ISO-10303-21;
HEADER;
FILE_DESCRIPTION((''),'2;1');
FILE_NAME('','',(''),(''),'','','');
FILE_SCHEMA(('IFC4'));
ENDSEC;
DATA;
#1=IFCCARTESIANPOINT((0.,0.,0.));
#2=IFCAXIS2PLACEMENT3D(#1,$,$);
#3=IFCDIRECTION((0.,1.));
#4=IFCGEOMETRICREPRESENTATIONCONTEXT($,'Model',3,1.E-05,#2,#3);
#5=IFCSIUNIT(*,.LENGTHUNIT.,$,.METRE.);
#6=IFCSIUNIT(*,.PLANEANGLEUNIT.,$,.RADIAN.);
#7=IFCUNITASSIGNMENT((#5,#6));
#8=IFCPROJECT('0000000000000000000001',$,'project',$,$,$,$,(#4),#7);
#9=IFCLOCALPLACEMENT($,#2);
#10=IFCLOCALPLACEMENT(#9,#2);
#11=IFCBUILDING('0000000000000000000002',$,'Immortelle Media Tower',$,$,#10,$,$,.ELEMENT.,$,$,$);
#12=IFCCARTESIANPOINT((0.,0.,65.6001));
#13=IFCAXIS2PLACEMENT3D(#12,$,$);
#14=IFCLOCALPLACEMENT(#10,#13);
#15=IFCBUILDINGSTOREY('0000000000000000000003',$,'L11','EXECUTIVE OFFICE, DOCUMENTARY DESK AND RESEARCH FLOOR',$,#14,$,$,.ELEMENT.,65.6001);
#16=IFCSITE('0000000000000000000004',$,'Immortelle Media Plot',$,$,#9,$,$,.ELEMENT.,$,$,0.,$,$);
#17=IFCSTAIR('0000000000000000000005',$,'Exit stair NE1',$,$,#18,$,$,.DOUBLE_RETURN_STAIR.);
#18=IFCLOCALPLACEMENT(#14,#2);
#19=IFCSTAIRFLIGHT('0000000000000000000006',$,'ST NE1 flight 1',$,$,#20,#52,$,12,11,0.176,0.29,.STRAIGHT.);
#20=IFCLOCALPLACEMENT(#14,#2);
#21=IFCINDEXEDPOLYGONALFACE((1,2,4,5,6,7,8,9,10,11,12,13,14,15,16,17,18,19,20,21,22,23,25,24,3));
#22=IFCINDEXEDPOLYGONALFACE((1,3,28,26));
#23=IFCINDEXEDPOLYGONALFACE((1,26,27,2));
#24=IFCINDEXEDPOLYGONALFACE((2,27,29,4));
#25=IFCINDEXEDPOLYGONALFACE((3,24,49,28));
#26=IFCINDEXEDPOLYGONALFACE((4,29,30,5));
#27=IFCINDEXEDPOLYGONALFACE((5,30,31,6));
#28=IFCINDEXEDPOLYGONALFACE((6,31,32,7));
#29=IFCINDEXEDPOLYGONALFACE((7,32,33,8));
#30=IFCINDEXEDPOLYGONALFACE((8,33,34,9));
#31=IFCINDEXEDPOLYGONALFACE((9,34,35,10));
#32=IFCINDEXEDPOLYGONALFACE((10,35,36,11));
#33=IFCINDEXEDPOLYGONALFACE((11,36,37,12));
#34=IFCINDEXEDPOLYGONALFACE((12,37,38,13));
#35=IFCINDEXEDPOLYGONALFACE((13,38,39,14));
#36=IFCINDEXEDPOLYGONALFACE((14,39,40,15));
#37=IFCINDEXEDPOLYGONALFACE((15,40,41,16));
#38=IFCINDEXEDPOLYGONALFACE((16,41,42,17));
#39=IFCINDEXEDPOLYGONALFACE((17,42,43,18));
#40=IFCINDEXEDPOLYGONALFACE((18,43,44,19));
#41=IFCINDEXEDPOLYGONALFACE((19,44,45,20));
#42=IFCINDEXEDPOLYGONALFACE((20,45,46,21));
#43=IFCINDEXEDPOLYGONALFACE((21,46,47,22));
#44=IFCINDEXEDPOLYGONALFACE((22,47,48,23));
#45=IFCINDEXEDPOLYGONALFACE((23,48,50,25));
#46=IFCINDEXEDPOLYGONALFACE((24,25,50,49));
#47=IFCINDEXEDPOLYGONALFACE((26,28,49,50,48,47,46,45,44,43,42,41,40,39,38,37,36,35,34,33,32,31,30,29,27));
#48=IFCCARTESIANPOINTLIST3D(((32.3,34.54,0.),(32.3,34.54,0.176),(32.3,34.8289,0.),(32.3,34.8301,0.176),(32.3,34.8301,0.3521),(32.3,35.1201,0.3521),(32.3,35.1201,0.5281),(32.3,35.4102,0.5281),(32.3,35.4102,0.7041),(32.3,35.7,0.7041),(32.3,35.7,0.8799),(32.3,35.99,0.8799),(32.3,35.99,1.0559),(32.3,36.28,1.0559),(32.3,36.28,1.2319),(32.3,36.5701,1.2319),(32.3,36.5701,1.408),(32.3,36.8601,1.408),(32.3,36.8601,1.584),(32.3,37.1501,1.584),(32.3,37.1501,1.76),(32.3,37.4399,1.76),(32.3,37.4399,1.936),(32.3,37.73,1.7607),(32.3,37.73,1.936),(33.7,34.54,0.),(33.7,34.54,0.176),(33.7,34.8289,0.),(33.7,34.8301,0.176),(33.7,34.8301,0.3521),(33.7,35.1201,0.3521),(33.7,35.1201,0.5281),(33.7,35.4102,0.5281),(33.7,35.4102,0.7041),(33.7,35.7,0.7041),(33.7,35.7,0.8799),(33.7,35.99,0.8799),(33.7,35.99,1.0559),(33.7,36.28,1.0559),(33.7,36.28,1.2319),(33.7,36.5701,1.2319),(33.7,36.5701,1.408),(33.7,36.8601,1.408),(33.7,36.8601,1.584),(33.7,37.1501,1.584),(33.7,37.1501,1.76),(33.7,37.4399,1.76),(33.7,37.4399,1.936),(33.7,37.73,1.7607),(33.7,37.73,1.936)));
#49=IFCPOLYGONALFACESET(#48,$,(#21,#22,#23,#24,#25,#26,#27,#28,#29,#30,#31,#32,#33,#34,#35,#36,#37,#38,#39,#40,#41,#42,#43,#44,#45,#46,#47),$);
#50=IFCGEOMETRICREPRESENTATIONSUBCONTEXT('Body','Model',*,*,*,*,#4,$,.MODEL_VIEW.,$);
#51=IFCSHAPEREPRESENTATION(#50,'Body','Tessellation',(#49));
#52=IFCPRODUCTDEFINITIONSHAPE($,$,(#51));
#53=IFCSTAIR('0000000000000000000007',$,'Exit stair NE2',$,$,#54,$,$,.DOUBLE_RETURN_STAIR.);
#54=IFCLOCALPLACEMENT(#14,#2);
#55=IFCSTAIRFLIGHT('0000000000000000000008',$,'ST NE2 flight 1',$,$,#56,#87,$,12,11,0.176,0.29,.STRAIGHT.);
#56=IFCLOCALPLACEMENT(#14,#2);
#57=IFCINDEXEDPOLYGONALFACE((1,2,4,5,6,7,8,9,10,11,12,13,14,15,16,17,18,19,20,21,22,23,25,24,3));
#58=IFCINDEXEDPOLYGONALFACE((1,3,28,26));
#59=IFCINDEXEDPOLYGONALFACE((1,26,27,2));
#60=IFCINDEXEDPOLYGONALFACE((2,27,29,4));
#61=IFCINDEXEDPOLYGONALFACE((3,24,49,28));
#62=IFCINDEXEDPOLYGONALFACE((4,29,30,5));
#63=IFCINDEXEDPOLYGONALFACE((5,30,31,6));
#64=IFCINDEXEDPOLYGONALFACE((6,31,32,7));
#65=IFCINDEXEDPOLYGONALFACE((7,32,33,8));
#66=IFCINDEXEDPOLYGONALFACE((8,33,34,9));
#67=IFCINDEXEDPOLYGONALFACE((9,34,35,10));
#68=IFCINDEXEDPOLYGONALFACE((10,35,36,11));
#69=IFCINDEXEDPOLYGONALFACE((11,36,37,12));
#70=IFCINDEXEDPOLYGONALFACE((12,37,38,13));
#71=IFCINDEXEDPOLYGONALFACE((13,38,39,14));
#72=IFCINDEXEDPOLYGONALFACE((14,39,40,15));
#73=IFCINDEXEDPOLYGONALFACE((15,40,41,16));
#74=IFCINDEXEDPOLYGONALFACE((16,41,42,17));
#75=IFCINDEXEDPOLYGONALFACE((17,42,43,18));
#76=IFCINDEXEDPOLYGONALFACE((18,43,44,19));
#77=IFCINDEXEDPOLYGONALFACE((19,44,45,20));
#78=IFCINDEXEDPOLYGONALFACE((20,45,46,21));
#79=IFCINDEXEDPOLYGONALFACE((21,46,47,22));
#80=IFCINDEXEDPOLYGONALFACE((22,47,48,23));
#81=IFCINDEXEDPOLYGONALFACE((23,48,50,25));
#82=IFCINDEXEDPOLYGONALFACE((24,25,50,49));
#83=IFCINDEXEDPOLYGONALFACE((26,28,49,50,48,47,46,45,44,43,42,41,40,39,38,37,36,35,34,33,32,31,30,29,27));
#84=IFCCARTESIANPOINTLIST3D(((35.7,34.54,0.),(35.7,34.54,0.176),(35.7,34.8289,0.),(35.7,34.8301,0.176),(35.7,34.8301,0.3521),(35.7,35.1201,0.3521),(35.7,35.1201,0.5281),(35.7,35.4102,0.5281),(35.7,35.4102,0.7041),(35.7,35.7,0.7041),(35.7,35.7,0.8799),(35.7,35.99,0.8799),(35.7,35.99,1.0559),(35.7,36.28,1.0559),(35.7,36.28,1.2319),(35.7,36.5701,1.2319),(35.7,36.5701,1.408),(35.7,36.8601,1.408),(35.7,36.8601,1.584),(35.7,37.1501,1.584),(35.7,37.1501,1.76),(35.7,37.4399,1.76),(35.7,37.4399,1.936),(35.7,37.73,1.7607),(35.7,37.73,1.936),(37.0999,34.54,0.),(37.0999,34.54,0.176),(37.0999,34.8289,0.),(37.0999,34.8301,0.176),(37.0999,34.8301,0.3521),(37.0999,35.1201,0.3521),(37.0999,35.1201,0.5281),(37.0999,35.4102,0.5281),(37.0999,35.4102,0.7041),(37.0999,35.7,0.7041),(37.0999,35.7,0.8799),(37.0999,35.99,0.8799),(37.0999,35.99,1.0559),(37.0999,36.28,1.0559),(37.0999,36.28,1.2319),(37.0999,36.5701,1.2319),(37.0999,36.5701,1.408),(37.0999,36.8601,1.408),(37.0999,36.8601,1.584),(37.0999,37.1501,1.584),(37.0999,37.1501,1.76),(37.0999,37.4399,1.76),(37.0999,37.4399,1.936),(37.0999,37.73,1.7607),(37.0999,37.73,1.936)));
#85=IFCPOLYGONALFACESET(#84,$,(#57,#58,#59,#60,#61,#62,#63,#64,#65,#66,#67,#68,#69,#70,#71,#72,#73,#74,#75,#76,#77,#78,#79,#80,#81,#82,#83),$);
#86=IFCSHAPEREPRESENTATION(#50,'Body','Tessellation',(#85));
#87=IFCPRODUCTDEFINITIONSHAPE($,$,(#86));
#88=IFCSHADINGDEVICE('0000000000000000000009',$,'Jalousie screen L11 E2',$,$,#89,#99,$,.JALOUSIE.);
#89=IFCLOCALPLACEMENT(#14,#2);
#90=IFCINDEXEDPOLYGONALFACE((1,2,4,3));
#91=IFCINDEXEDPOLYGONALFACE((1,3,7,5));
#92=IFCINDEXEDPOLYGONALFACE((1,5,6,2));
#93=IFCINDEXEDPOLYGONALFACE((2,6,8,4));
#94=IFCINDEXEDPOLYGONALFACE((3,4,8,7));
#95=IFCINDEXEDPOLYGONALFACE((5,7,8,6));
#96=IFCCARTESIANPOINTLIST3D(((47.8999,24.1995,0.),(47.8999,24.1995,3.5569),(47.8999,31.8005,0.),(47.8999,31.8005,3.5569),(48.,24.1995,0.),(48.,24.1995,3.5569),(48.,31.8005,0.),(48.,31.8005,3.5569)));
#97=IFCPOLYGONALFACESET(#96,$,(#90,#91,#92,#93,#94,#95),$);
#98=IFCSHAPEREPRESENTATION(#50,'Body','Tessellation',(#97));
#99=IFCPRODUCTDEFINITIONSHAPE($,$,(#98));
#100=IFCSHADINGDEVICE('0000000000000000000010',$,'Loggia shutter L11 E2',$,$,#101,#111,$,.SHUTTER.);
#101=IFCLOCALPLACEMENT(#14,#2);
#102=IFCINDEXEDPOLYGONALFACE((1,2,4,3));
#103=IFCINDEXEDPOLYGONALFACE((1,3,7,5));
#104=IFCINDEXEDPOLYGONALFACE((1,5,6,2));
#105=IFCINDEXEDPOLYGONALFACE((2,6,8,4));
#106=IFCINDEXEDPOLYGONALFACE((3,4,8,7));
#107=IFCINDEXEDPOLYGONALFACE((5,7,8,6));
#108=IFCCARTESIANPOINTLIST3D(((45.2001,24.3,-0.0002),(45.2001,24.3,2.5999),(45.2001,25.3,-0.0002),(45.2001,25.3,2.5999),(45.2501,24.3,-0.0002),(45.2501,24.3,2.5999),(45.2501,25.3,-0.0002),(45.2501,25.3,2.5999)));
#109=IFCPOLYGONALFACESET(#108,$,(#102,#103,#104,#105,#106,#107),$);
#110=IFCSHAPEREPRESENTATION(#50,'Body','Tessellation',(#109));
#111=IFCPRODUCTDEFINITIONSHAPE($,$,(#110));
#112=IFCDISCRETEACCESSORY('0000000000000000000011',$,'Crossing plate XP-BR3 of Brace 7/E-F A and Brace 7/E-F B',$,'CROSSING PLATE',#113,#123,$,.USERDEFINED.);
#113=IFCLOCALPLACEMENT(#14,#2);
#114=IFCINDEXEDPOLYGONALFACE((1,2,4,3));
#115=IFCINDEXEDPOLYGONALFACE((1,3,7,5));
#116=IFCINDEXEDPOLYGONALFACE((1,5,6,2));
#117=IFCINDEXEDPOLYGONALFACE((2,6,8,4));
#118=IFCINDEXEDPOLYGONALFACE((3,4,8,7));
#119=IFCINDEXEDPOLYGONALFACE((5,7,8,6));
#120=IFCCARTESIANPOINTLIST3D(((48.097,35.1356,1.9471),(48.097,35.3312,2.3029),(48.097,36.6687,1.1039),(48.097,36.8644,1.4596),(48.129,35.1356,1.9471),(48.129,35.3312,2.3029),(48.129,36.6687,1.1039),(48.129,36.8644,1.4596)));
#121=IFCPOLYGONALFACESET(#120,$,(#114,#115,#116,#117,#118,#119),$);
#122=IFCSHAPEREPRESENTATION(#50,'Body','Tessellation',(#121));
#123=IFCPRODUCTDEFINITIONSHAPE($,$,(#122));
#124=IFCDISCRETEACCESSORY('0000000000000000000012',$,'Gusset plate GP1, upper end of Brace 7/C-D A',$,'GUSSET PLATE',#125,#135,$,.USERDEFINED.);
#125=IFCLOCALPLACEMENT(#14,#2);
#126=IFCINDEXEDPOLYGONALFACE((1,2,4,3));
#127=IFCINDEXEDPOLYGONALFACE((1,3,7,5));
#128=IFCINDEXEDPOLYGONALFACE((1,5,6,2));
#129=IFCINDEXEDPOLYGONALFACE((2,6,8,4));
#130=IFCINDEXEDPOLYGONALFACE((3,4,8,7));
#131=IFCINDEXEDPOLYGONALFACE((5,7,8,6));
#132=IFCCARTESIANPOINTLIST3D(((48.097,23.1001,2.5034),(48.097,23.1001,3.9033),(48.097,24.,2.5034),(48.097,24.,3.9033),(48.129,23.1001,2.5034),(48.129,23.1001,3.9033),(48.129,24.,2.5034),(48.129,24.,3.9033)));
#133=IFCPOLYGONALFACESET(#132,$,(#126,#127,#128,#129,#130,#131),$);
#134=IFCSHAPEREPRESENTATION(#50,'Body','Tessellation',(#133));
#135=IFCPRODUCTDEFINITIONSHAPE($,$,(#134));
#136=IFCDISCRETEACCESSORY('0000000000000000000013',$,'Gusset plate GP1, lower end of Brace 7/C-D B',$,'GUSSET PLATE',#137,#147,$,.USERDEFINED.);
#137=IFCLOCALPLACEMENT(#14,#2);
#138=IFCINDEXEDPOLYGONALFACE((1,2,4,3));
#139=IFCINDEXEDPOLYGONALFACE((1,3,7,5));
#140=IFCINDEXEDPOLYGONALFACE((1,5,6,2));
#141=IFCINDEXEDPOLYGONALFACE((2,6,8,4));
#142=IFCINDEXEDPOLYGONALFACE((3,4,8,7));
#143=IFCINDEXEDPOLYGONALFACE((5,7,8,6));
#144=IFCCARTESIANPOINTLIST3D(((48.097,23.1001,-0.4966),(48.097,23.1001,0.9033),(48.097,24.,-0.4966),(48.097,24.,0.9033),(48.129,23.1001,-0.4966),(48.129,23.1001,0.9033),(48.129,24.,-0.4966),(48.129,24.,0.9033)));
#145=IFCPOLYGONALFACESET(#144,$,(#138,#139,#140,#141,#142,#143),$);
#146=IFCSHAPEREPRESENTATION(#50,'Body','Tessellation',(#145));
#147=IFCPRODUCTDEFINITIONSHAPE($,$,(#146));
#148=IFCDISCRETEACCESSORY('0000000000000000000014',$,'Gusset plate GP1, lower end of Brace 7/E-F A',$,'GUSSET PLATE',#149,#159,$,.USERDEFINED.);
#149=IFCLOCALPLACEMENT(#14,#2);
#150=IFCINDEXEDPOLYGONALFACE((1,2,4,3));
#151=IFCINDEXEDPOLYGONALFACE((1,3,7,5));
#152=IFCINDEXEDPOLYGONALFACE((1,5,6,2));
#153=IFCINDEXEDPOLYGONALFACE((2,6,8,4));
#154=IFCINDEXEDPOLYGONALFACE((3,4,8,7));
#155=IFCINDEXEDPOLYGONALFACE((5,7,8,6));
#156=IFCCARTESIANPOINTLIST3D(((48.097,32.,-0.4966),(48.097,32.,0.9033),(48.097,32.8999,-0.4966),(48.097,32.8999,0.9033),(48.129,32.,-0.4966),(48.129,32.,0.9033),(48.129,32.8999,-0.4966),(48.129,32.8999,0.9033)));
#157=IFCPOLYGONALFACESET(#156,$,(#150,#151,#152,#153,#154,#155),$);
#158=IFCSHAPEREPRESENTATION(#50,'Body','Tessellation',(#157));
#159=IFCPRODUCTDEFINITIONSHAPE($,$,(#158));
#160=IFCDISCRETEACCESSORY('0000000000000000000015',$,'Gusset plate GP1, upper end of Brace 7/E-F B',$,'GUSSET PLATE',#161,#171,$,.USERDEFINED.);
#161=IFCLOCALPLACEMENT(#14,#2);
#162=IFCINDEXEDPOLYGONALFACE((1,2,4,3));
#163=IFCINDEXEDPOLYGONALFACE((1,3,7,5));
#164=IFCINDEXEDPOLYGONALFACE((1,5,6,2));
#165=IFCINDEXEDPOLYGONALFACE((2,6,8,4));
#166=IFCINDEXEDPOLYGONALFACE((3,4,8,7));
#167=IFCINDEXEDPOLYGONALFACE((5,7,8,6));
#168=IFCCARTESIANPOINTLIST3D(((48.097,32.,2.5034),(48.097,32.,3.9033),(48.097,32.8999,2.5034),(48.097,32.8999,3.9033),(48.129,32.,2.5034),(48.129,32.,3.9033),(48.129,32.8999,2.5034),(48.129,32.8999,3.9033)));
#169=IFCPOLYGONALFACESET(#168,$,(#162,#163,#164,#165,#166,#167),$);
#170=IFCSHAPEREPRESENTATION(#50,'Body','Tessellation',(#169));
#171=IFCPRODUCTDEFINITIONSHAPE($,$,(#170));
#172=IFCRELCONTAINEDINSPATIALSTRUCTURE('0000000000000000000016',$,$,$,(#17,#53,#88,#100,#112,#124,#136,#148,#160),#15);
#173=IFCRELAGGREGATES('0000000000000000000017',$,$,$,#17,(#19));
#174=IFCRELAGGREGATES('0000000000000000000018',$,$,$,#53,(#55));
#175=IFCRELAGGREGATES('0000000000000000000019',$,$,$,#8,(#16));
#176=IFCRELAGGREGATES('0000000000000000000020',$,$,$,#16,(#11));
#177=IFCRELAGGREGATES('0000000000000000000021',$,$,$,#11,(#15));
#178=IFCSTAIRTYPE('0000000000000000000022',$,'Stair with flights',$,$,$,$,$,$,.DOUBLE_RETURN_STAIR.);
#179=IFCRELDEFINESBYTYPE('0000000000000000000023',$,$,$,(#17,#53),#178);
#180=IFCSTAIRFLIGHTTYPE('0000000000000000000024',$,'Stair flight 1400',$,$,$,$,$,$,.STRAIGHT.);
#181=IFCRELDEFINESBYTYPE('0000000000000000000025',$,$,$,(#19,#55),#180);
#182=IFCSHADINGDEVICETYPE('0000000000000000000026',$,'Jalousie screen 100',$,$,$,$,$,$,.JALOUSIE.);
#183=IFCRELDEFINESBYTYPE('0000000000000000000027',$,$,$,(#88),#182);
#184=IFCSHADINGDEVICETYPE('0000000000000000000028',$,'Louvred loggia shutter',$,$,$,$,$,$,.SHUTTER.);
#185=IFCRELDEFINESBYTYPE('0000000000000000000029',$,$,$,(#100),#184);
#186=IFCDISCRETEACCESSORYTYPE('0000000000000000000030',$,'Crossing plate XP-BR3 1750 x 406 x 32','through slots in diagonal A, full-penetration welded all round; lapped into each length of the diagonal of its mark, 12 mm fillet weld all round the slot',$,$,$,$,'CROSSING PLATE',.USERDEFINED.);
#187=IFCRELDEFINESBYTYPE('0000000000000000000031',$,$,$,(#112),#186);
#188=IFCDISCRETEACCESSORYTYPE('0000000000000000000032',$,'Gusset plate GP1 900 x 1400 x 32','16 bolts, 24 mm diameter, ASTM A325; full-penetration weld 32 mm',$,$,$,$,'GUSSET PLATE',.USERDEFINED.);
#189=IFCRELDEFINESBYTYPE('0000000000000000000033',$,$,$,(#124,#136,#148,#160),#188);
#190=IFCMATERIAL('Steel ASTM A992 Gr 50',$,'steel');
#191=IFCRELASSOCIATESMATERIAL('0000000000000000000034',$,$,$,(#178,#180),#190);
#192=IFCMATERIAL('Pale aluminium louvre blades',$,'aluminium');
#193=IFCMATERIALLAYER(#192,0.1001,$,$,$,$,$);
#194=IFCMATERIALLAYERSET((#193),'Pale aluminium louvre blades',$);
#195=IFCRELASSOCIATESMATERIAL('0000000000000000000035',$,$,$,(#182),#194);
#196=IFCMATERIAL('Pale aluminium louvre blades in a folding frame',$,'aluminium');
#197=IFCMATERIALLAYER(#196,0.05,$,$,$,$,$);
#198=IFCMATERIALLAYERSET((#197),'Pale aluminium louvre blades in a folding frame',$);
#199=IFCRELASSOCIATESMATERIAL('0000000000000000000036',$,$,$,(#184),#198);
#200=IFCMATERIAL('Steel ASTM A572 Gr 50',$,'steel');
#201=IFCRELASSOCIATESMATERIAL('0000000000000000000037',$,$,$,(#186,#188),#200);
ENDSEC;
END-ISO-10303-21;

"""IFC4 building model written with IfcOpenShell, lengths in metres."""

from ifc_helpers import new_model, si_unit, direction, frame, origin, origin_2d, place, context, subcontext, project, spatial, polyline, rectangle, outline, extrude, material, layer, layer_set, material_profile, profile_set, type_object, element, aggregate, save


model = new_model("IFC4")

# Units and contexts
model_context = context("Model", 3, precision=1e-05, world=origin(), true_north=direction((0.0, 1.0)))
body_context = subcontext(model_context, "Body", "Model", "MODEL_VIEW")
ifc_project = project(units=[si_unit("LENGTHUNIT", "METRE"), si_unit("PLANEANGLEUNIT", "RADIAN")], contexts=[model_context])

# Site, building, storey
site_placement = place(None, origin())
site = spatial("IfcSite", under=ifc_project, at=site_placement, Name="Immortelle Media Plot", CompositionType="ELEMENT", RefElevation=0.0)
building_placement = place(site_placement, origin())
building = spatial("IfcBuilding", under=site, at=building_placement, Name="Immortelle Media Tower", CompositionType="ELEMENT")
storey_placement = place(building_placement, frame((0.0, 0.0, 65.6001)))
storey = spatial("IfcBuildingStorey", under=building, at=storey_placement, Name="L11", Description="EXECUTIVE OFFICE, DOCUMENTARY DESK AND RESEARCH FLOOR", CompositionType="ELEMENT", Elevation=65.6001)

# Shared definitions
ifc_material_1 = material(Name="Steel ASTM A992 Gr 50", Category="steel")

# Stairs, stair flights
stair_type = type_object("IfcStairType", Name="Stair with flights", PredefinedType="DOUBLE_RETURN_STAIR", material=ifc_material_1)
stair_1_placement = place(storey_placement, origin())
stair_1 = element("IfcStair", 1, at=stair_1_placement, inside=storey, type_object=stair_type, Name="Exit stair NE1", PredefinedType="DOUBLE_RETURN_STAIR")
stair_flight_type = type_object("IfcStairFlightType", Name="Stair flight 1400", PredefinedType="STRAIGHT", material=ifc_material_1)
stair_flight_1_placement = place(storey_placement, frame((33.0, 34.54, 0.0), z_axis=(0.0, 0.0, 1.0), x_axis=(0.0, 1.0, 0.0)))
stair_flight_1 = element("IfcStairFlight", 2, at=stair_flight_1_placement, type_object=stair_flight_type, Name="ST NE1 flight 1", NumberOfRisers=12, NumberOfTreads=11, PredefinedType="STRAIGHT", RiserHeight=0.176, TreadLength=0.29, context=body_context, shape_type="SweptSolid", body=[
    extrude(outline(polyline([(0.0, 0.0), (0.0, 0.176), (0.29, 0.176), (0.29, 0.3521), (0.5801, 0.3521), (0.5801, 0.5281), (0.8701, 0.5281), (0.8701, 0.7041), (1.1599, 0.7041), (1.1599, 0.8799), (1.45, 0.8799), (1.45, 1.0559), (1.74, 1.0559), (1.74, 1.2319), (2.03, 1.2319), (2.03, 1.408), (2.3201, 1.408), (2.3201, 1.584), (2.6101, 1.584), (2.6101, 1.76), (2.8999, 1.76), (2.8999, 1.936), (3.1899, 1.936), (3.1899, 2.1121), (3.1899, 1.7607), (0.2888, 0.0), (0.0, 0.0)])), frame((0.0, 0.7, 0.0), z_axis=(0.0, -1.0, 0.0), x_axis=(1.0, 0.0, 0.0)), (0.0, 0.0, 1.0), 1.3999),
])
aggregate(stair_1, [stair_flight_1])
stair_2_placement = place(storey_placement, origin())
stair_2 = element("IfcStair", 3, at=stair_2_placement, inside=storey, type_object=stair_type, Name="Exit stair NE2", PredefinedType="DOUBLE_RETURN_STAIR")
stair_flight_2_placement = place(storey_placement, frame((36.3999, 34.54, 0.0), z_axis=(0.0, 0.0, 1.0), x_axis=(0.0, 1.0, 0.0)))
stair_flight_2 = element("IfcStairFlight", 4, at=stair_flight_2_placement, type_object=stair_flight_type, Name="ST NE2 flight 1", NumberOfRisers=12, NumberOfTreads=11, PredefinedType="STRAIGHT", RiserHeight=0.176, TreadLength=0.29, context=body_context, shape_type="SweptSolid", body=[
    extrude(outline(polyline([(0.0, 0.0), (0.0, 0.176), (0.29, 0.176), (0.29, 0.3521), (0.5801, 0.3521), (0.5801, 0.5281), (0.8701, 0.5281), (0.8701, 0.7041), (1.1599, 0.7041), (1.1599, 0.8799), (1.45, 0.8799), (1.45, 1.0559), (1.74, 1.0559), (1.74, 1.2319), (2.03, 1.2319), (2.03, 1.408), (2.3201, 1.408), (2.3201, 1.584), (2.6101, 1.584), (2.6101, 1.76), (2.8999, 1.76), (2.8999, 1.936), (3.1899, 1.936), (3.1899, 2.1121), (3.1899, 1.7607), (0.2888, 0.0), (0.0, 0.0)])), frame((0.0, 0.7, 0.0), z_axis=(0.0, -1.0, 0.0), x_axis=(1.0, 0.0, 0.0)), (0.0, 0.0, 1.0), 1.3999),
])
aggregate(stair_2, [stair_flight_2])

# Shading devices
ifc_material_2 = material(Name="Pale aluminium louvre blades", Category="aluminium")
ifc_layer_1 = layer(ifc_material_2, 0.1001)
ifc_layer_set_1 = layer_set([ifc_layer_1], Name="Pale aluminium louvre blades")
shading_device_type_1 = type_object("IfcShadingDeviceType", Name="Jalousie screen 100", PredefinedType="JALOUSIE", material=ifc_layer_set_1)
shading_device_1_placement = place(storey_placement, frame((47.95, 28.0, 0.0), z_axis=(0.0, 0.0, 1.0), x_axis=(0.0, 1.0, 0.0)))
element("IfcShadingDevice", 5, at=shading_device_1_placement, inside=storey, type_object=shading_device_type_1, Name="Jalousie screen L11 E2", PredefinedType="JALOUSIE", context=body_context, shape_type="SweptSolid", body=[
    extrude(rectangle(XDim=7.6011, YDim=0.1001, at=origin_2d()), origin(), (0.0, 0.0, 1.0), 3.5569),
])
ifc_material_3 = material(Name="Pale aluminium louvre blades in a folding frame", Category="aluminium")
ifc_layer_2 = layer(ifc_material_3, 0.05)
ifc_layer_set_2 = layer_set([ifc_layer_2], Name="Pale aluminium louvre blades in a folding frame")
shading_device_type_2 = type_object("IfcShadingDeviceType", Name="Louvred loggia shutter", PredefinedType="SHUTTER", material=ifc_layer_set_2)
shading_device_2_placement = place(storey_placement, frame((45.2251, 24.8, -0.0002), z_axis=(0.0, 0.0, 1.0), x_axis=(0.0, 1.0, 0.0)))
element("IfcShadingDevice", 6, at=shading_device_2_placement, inside=storey, type_object=shading_device_type_2, Name="Loggia shutter L11 E2", PredefinedType="SHUTTER", context=body_context, shape_type="SweptSolid", body=[
    extrude(rectangle(XDim=1.0, YDim=0.05, at=origin_2d()), origin(), (0.0, 0.0, 1.0), 2.6001),
])

# Discrete accessories
ifc_material_4 = material(Name="Steel ASTM A572 Gr 50", Category="steel")
ifc_material_profile_1 = material_profile(ifc_material_4, rectangle(XDim=0.032, YDim=0.406, at=origin_2d()), Name="PL 32 x 406")
ifc_profile_set_1 = profile_set([ifc_material_profile_1], Name="Steel ASTM A572 Gr 50")
discrete_accessory_type_1 = type_object("IfcDiscreteAccessoryType", Name="Crossing plate XP-BR3 1750 x 406 x 32", Description="through slots in diagonal A, full-penetration welded all round; lapped into each length of the diagonal of its mark, 12 mm fillet weld all round the slot", ElementType="CROSSING PLATE", PredefinedType="USERDEFINED", material=ifc_profile_set_1)
discrete_accessory_placement = place(storey_placement, frame((48.113, 35.2334, 2.125), z_axis=(0.0, 0.876216, -0.481919), x_axis=(-1.0, 0.0, 0.0)))
element("IfcDiscreteAccessory", 7, at=discrete_accessory_placement, inside=storey, type_object=discrete_accessory_type_1, Name="Crossing plate XP-BR3 of Brace 7/E-F A and Brace 7/E-F B", ObjectType="CROSSING PLATE", PredefinedType="USERDEFINED", context=body_context, shape_type="SweptSolid", body=[
    extrude(rectangle(XDim=0.032, YDim=0.406, at=origin_2d()), origin(), (0.0, 0.0, 1.0), 1.7498),
])
ifc_material_profile_2 = material_profile(ifc_material_4, rectangle(XDim=0.032, YDim=1.3999, at=origin_2d()), Name="PL 32 x 1400")
ifc_profile_set_2 = profile_set([ifc_material_profile_2], Name="Steel ASTM A572 Gr 50")
discrete_accessory_type_2 = type_object("IfcDiscreteAccessoryType", Name="Gusset plate GP1 900 x 1400 x 32", Description="16 bolts, 24 mm diameter, ASTM A325; full-penetration weld 32 mm", ElementType="GUSSET PLATE", PredefinedType="USERDEFINED", material=ifc_profile_set_2)
for number, where, z_axis, x_axis, name in (
    (8, (48.113, 24.0, 3.2034), (0.0, -1.0, 0.0), (1.0, 0.0, 0.0), "Gusset plate GP1, upper end of Brace 7/C-D A"),
    (9, (48.113, 24.0, 0.2034), (0.0, -1.0, 0.0), (1.0, 0.0, 0.0), "Gusset plate GP1, lower end of Brace 7/C-D B"),
    (10, (48.113, 32.0, 0.2034), (0.0, 1.0, 0.0), (-1.0, 0.0, 0.0), "Gusset plate GP1, lower end of Brace 7/E-F A"),
    (11, (48.113, 32.0, 3.2034), (0.0, 1.0, 0.0), (-1.0, 0.0, 0.0), "Gusset plate GP1, upper end of Brace 7/E-F B"),
):
    element("IfcDiscreteAccessory", number, at=place(storey_placement, frame(where, z_axis=z_axis, x_axis=x_axis)), inside=storey, type_object=discrete_accessory_type_2, Name=name, ObjectType="GUSSET PLATE", PredefinedType="USERDEFINED", context=body_context, shape_type="SweptSolid", body=[
        extrude(rectangle(XDim=0.032, YDim=1.3999, at=origin_2d()), origin(), (0.0, 0.0, 1.0), 0.8999),
    ])

save(model, "model.ifc")
